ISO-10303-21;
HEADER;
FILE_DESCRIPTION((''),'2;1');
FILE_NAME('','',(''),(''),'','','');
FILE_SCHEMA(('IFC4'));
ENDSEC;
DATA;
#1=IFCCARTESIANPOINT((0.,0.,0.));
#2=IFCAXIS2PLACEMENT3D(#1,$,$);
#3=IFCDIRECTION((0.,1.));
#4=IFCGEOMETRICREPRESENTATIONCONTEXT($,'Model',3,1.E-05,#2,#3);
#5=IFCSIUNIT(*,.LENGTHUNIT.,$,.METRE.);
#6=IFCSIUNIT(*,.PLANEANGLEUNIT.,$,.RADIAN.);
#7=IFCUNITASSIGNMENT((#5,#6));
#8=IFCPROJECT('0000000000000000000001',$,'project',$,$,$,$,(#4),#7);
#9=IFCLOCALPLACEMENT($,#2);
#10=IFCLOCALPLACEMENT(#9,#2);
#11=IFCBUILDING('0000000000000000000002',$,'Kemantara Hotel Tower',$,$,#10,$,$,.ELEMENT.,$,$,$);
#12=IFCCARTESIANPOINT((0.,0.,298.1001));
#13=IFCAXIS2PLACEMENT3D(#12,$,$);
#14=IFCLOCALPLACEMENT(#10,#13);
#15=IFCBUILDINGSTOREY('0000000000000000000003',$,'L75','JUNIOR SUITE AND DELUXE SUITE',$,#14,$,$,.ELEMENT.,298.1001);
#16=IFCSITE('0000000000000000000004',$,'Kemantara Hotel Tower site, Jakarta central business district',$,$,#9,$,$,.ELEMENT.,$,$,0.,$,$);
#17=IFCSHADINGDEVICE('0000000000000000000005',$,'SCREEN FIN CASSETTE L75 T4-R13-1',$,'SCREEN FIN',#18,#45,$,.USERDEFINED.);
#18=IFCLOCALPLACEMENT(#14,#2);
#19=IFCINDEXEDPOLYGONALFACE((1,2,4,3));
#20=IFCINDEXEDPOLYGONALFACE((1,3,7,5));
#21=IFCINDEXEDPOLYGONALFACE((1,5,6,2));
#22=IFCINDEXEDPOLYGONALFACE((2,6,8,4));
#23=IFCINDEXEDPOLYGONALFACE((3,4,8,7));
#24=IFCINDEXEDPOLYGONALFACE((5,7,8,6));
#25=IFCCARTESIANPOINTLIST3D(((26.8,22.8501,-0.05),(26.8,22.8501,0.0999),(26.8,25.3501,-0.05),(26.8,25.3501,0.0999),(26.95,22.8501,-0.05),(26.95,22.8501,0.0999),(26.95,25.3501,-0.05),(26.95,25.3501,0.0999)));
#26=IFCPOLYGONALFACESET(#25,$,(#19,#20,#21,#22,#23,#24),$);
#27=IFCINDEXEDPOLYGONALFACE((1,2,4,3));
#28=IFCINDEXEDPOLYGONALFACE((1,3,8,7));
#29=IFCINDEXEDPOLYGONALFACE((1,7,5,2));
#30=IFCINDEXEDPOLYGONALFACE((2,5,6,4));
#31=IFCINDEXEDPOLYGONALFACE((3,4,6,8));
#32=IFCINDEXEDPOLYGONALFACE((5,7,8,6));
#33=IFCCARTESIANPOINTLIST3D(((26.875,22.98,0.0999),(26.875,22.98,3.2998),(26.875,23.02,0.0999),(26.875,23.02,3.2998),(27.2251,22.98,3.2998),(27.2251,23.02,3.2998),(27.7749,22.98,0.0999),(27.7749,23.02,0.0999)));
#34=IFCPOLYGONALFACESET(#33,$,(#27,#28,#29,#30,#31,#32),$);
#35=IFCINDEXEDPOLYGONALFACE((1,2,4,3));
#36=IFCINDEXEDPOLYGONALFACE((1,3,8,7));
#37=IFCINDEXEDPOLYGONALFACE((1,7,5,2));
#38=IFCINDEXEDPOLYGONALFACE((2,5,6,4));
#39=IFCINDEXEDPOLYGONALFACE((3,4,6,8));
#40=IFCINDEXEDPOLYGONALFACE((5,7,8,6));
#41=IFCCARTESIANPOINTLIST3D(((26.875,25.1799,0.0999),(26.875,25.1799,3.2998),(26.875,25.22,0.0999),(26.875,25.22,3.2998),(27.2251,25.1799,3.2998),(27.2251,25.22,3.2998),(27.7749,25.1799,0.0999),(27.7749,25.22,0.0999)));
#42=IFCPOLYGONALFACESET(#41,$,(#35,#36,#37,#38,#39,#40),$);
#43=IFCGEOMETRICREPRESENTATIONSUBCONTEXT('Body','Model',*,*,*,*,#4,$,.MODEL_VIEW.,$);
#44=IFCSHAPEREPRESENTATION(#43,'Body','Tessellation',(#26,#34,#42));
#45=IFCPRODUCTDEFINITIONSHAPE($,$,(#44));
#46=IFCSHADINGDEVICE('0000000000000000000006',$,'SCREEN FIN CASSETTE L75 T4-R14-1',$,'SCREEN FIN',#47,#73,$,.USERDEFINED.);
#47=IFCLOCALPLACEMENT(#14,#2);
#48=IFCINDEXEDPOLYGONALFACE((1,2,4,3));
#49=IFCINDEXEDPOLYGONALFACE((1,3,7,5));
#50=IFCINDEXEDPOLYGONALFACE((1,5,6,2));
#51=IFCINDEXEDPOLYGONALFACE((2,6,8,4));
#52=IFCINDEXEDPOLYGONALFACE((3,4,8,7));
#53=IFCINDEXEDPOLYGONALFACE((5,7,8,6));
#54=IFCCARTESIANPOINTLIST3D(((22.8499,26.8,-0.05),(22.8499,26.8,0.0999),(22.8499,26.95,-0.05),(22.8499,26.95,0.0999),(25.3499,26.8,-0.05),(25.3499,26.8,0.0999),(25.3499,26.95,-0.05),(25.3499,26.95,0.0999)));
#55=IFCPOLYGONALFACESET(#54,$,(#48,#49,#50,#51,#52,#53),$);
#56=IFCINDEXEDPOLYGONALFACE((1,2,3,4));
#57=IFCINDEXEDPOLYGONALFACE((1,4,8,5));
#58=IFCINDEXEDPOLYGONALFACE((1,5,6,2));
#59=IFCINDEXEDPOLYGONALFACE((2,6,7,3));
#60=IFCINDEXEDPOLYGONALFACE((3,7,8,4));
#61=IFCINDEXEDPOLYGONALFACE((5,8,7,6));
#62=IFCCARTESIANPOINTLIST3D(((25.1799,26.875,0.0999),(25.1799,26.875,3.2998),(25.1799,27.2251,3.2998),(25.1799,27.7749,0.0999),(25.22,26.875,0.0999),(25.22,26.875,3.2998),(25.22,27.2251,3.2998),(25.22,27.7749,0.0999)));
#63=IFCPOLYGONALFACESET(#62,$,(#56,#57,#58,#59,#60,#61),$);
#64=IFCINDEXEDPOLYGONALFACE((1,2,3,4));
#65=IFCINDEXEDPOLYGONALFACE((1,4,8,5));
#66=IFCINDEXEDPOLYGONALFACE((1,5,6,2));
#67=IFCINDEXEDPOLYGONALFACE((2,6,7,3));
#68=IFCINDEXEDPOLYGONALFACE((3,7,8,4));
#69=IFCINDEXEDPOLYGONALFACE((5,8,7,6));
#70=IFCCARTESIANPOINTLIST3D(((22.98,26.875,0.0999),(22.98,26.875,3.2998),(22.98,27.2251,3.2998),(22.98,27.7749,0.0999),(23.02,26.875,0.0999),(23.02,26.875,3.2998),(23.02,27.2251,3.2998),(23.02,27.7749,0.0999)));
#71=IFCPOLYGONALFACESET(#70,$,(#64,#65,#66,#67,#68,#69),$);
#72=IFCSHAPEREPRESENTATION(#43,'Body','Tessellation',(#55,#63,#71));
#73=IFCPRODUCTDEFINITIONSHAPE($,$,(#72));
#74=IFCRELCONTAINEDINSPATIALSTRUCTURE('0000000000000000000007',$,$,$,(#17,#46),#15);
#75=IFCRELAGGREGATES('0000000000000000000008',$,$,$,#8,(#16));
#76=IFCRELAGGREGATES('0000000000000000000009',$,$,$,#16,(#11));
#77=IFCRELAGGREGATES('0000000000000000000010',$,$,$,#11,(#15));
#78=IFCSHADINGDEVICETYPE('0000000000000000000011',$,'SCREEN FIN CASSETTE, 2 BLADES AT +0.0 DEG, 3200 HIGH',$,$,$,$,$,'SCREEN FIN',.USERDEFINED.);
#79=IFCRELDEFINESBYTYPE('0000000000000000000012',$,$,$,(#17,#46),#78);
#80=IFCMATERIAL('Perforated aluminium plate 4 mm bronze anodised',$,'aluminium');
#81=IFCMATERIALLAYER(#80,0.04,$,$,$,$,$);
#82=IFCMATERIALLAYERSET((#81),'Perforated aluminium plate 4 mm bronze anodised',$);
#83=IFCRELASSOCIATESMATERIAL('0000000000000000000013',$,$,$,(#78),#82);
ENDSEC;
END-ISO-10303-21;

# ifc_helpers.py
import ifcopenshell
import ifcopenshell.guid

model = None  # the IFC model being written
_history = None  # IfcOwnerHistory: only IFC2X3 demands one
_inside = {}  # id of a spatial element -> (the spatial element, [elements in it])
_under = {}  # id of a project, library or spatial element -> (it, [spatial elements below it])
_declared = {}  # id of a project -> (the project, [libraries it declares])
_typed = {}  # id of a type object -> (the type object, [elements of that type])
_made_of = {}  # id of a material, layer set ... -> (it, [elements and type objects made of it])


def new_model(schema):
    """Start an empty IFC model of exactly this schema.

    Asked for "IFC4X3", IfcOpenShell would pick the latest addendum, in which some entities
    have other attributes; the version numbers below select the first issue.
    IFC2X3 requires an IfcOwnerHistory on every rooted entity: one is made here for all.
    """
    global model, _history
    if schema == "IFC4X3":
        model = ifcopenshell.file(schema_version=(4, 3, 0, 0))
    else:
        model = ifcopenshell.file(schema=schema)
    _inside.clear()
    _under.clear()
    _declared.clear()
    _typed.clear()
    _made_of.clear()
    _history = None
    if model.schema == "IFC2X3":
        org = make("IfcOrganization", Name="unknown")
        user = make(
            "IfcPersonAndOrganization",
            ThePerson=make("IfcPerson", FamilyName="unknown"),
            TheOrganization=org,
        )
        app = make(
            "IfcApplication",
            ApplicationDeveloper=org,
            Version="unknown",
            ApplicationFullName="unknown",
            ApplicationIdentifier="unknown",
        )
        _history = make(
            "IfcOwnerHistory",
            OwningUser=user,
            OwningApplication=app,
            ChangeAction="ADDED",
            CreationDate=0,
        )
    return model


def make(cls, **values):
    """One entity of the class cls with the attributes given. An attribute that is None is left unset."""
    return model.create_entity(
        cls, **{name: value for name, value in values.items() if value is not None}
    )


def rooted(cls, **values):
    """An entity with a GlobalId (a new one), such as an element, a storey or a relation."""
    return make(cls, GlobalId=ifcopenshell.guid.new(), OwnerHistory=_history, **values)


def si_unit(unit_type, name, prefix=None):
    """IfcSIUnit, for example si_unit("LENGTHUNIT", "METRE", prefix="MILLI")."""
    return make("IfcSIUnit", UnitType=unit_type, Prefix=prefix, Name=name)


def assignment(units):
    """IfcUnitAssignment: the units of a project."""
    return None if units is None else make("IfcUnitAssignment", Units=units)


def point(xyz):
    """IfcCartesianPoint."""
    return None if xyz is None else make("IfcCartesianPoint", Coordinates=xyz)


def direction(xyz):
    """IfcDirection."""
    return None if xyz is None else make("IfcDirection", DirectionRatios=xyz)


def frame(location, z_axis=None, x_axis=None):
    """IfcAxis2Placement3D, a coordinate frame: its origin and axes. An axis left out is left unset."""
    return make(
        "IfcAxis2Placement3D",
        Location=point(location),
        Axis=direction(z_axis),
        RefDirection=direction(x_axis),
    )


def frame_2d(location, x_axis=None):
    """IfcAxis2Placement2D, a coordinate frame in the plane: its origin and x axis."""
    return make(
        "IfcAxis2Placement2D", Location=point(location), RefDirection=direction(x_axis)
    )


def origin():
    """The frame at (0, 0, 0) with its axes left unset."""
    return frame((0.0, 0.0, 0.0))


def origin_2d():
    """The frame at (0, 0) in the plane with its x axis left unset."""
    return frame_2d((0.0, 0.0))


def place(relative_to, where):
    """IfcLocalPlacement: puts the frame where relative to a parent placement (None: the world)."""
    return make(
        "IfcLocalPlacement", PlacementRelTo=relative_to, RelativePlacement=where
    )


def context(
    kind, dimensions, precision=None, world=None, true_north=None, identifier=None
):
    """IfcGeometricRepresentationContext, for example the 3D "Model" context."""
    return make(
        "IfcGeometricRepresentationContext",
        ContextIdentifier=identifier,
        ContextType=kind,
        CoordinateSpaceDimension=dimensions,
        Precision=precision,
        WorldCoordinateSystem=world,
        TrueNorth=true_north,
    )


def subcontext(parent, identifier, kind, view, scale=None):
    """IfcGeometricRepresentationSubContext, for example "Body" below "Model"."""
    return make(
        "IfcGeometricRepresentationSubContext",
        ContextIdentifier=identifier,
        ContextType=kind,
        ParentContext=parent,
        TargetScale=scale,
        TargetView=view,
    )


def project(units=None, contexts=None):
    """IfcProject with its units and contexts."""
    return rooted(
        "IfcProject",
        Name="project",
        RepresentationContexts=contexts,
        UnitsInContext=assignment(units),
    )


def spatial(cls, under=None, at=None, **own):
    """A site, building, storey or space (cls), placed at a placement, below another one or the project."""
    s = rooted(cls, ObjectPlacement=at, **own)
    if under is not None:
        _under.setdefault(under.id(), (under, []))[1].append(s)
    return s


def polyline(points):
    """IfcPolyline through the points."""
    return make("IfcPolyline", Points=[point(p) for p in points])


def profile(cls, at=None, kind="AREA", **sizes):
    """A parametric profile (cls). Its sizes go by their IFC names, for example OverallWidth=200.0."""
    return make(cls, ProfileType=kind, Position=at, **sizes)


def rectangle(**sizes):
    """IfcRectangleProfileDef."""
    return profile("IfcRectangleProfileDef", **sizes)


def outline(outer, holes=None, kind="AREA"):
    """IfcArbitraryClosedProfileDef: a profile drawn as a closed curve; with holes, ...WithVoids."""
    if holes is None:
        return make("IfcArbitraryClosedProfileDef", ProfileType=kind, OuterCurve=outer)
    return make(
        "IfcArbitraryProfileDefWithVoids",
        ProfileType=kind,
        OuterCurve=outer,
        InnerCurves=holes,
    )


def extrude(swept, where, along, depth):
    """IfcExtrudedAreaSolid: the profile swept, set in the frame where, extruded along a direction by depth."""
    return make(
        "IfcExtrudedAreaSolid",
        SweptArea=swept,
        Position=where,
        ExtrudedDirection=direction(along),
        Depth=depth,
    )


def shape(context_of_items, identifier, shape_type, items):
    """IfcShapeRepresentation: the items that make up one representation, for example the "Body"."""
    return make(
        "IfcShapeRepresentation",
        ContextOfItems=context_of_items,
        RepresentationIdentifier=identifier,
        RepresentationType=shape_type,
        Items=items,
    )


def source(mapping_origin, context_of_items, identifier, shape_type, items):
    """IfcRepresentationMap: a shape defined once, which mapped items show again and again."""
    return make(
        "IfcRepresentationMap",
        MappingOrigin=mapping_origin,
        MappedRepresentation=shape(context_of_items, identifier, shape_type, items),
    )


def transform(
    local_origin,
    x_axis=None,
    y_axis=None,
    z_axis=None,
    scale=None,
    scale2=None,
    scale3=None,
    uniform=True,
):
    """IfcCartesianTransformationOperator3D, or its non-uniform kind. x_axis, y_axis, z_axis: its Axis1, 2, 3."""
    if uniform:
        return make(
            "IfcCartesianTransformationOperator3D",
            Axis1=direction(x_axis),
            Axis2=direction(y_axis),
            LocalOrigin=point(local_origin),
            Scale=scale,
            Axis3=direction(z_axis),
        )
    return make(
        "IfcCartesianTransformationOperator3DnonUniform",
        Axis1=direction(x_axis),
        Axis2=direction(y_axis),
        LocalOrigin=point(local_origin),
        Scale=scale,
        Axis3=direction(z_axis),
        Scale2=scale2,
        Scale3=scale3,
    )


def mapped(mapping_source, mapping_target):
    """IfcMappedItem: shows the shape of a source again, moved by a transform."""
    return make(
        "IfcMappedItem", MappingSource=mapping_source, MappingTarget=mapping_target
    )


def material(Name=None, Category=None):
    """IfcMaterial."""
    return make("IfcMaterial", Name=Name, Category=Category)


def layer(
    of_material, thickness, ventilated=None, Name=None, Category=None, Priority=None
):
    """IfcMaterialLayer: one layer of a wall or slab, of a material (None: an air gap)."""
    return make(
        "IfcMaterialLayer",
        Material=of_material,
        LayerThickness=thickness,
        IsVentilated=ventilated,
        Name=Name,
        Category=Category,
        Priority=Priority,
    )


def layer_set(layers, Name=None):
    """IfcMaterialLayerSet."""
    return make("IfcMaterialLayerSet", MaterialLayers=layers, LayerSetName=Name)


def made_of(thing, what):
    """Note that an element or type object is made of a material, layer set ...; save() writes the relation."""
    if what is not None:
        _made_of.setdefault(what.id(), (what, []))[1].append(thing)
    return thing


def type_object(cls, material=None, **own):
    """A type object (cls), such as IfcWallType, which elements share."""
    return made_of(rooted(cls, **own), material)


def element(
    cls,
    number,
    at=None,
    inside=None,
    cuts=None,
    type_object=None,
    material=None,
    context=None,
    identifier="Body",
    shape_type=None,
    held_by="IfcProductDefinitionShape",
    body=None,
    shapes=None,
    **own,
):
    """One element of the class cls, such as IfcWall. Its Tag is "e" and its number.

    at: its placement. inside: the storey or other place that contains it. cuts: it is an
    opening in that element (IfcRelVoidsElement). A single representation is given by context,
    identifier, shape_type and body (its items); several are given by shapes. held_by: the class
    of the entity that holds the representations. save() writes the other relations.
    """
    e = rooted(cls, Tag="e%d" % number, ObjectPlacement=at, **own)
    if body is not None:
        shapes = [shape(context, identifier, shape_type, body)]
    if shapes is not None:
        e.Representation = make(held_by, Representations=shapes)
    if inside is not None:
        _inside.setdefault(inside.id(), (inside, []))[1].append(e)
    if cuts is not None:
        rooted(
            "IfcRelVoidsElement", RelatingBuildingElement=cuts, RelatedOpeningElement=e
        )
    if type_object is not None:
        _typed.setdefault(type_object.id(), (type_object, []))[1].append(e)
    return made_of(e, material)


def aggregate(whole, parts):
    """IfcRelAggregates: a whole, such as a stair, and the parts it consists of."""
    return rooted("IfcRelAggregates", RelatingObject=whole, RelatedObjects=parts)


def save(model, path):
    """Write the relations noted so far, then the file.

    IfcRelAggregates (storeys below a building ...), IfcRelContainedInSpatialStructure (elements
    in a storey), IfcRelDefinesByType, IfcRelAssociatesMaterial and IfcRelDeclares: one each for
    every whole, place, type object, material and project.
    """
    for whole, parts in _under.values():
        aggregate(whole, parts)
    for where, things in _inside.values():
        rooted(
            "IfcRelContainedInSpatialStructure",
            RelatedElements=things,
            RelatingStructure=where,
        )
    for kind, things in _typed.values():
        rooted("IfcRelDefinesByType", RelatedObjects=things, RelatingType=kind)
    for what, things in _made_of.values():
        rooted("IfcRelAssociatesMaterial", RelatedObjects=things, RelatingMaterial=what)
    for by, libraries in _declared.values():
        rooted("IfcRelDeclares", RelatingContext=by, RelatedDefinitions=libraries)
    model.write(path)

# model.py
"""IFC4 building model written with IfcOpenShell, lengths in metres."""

from ifc_helpers import new_model, si_unit, direction, frame, origin, origin_2d, place, context, subcontext, project, spatial, polyline, rectangle, outline, extrude, source, transform, mapped, material, layer, layer_set, type_object, element, save


model = new_model("IFC4")

# Units and contexts
model_context = context("Model", 3, precision=1e-05, world=origin(), true_north=direction((0.0, 1.0)))
body_context = subcontext(model_context, "Body", "Model", "MODEL_VIEW")
ifc_project = project(units=[si_unit("LENGTHUNIT", "METRE"), si_unit("PLANEANGLEUNIT", "RADIAN")], contexts=[model_context])

# Site, building, storey
site_placement = place(None, origin())
site = spatial("IfcSite", under=ifc_project, at=site_placement, Name="Kemantara Hotel Tower site, Jakarta central business district", CompositionType="ELEMENT", RefElevation=0.0)
building_placement = place(site_placement, origin())
building = spatial("IfcBuilding", under=site, at=building_placement, Name="Kemantara Hotel Tower", CompositionType="ELEMENT")
storey_placement = place(building_placement, frame((0.0, 0.0, 298.1001)))
storey = spatial("IfcBuildingStorey", under=building, at=storey_placement, Name="L75", Description="JUNIOR SUITE AND DELUXE SUITE", CompositionType="ELEMENT", Elevation=298.1001)

# Shading devices
ifc_material_1 = material(Name="Perforated aluminium plate 4 mm bronze anodised", Category="aluminium")
ifc_layer_1 = layer(ifc_material_1, 0.04)
ifc_layer_set_1 = layer_set([ifc_layer_1], Name="Perforated aluminium plate 4 mm bronze anodised")
shading_device_type_1 = type_object("IfcShadingDeviceType", Name="SCREEN FIN CASSETTE, 2 BLADES AT +0.0 DEG, 3200 HIGH", ElementType="SCREEN FIN", PredefinedType="USERDEFINED", material=ifc_layer_set_1)
shared_shape_1 = source(origin(), body_context, "Body", "SweptSolid", [
    extrude(rectangle(XDim=2.5, YDim=0.1499, at=origin_2d()), frame((1.1001, -0.075, -0.1499), z_axis=(0.0, 0.0, 1.0), x_axis=(1.0, 0.0, 0.0)), (0.0, 0.0, 1.0), 0.1499),
    extrude(outline(polyline([(0.0, 0.0), (0.8999, 0.0), (0.3501, 3.2), (0.0, 3.2), (0.0, 0.0)])), frame((0.02, -0.075, 0.0), z_axis=(-1.0, 0.0, 0.0), x_axis=(0.0, -1.0, 0.0)), (0.0, 0.0, 1.0), 0.04),
    extrude(outline(polyline([(0.0, 0.0), (0.8999, 0.0), (0.3501, 3.2), (0.0, 3.2), (0.0, 0.0)])), frame((2.22, -0.075, 0.0), z_axis=(-1.0, 0.0, 0.0), x_axis=(0.0, -1.0, 0.0)), (0.0, 0.0, 1.0), 0.04),
])
for number, where, z_axis, x_axis, name in (
    (1, (26.8, 23.0, 0.0999), (0.0, 0.0, 1.0), (0.0, 1.0, 0.0), "SCREEN FIN CASSETTE L75 T4-R13-1"),
    (2, (25.2, 26.8, 0.0999), (0.0, 0.0, 1.0), (-1.0, 0.0, 0.0), "SCREEN FIN CASSETTE L75 T4-R14-1"),
):
    element("IfcShadingDevice", number, at=place(storey_placement, frame(where, z_axis=z_axis, x_axis=x_axis)), inside=storey, type_object=shading_device_type_1, Name=name, ObjectType="SCREEN FIN", PredefinedType="USERDEFINED", context=body_context, shape_type="MappedRepresentation", body=[
        mapped(shared_shape_1, transform((0.0, 0.0, 0.0))),
    ])

save(model, "model.ifc")
